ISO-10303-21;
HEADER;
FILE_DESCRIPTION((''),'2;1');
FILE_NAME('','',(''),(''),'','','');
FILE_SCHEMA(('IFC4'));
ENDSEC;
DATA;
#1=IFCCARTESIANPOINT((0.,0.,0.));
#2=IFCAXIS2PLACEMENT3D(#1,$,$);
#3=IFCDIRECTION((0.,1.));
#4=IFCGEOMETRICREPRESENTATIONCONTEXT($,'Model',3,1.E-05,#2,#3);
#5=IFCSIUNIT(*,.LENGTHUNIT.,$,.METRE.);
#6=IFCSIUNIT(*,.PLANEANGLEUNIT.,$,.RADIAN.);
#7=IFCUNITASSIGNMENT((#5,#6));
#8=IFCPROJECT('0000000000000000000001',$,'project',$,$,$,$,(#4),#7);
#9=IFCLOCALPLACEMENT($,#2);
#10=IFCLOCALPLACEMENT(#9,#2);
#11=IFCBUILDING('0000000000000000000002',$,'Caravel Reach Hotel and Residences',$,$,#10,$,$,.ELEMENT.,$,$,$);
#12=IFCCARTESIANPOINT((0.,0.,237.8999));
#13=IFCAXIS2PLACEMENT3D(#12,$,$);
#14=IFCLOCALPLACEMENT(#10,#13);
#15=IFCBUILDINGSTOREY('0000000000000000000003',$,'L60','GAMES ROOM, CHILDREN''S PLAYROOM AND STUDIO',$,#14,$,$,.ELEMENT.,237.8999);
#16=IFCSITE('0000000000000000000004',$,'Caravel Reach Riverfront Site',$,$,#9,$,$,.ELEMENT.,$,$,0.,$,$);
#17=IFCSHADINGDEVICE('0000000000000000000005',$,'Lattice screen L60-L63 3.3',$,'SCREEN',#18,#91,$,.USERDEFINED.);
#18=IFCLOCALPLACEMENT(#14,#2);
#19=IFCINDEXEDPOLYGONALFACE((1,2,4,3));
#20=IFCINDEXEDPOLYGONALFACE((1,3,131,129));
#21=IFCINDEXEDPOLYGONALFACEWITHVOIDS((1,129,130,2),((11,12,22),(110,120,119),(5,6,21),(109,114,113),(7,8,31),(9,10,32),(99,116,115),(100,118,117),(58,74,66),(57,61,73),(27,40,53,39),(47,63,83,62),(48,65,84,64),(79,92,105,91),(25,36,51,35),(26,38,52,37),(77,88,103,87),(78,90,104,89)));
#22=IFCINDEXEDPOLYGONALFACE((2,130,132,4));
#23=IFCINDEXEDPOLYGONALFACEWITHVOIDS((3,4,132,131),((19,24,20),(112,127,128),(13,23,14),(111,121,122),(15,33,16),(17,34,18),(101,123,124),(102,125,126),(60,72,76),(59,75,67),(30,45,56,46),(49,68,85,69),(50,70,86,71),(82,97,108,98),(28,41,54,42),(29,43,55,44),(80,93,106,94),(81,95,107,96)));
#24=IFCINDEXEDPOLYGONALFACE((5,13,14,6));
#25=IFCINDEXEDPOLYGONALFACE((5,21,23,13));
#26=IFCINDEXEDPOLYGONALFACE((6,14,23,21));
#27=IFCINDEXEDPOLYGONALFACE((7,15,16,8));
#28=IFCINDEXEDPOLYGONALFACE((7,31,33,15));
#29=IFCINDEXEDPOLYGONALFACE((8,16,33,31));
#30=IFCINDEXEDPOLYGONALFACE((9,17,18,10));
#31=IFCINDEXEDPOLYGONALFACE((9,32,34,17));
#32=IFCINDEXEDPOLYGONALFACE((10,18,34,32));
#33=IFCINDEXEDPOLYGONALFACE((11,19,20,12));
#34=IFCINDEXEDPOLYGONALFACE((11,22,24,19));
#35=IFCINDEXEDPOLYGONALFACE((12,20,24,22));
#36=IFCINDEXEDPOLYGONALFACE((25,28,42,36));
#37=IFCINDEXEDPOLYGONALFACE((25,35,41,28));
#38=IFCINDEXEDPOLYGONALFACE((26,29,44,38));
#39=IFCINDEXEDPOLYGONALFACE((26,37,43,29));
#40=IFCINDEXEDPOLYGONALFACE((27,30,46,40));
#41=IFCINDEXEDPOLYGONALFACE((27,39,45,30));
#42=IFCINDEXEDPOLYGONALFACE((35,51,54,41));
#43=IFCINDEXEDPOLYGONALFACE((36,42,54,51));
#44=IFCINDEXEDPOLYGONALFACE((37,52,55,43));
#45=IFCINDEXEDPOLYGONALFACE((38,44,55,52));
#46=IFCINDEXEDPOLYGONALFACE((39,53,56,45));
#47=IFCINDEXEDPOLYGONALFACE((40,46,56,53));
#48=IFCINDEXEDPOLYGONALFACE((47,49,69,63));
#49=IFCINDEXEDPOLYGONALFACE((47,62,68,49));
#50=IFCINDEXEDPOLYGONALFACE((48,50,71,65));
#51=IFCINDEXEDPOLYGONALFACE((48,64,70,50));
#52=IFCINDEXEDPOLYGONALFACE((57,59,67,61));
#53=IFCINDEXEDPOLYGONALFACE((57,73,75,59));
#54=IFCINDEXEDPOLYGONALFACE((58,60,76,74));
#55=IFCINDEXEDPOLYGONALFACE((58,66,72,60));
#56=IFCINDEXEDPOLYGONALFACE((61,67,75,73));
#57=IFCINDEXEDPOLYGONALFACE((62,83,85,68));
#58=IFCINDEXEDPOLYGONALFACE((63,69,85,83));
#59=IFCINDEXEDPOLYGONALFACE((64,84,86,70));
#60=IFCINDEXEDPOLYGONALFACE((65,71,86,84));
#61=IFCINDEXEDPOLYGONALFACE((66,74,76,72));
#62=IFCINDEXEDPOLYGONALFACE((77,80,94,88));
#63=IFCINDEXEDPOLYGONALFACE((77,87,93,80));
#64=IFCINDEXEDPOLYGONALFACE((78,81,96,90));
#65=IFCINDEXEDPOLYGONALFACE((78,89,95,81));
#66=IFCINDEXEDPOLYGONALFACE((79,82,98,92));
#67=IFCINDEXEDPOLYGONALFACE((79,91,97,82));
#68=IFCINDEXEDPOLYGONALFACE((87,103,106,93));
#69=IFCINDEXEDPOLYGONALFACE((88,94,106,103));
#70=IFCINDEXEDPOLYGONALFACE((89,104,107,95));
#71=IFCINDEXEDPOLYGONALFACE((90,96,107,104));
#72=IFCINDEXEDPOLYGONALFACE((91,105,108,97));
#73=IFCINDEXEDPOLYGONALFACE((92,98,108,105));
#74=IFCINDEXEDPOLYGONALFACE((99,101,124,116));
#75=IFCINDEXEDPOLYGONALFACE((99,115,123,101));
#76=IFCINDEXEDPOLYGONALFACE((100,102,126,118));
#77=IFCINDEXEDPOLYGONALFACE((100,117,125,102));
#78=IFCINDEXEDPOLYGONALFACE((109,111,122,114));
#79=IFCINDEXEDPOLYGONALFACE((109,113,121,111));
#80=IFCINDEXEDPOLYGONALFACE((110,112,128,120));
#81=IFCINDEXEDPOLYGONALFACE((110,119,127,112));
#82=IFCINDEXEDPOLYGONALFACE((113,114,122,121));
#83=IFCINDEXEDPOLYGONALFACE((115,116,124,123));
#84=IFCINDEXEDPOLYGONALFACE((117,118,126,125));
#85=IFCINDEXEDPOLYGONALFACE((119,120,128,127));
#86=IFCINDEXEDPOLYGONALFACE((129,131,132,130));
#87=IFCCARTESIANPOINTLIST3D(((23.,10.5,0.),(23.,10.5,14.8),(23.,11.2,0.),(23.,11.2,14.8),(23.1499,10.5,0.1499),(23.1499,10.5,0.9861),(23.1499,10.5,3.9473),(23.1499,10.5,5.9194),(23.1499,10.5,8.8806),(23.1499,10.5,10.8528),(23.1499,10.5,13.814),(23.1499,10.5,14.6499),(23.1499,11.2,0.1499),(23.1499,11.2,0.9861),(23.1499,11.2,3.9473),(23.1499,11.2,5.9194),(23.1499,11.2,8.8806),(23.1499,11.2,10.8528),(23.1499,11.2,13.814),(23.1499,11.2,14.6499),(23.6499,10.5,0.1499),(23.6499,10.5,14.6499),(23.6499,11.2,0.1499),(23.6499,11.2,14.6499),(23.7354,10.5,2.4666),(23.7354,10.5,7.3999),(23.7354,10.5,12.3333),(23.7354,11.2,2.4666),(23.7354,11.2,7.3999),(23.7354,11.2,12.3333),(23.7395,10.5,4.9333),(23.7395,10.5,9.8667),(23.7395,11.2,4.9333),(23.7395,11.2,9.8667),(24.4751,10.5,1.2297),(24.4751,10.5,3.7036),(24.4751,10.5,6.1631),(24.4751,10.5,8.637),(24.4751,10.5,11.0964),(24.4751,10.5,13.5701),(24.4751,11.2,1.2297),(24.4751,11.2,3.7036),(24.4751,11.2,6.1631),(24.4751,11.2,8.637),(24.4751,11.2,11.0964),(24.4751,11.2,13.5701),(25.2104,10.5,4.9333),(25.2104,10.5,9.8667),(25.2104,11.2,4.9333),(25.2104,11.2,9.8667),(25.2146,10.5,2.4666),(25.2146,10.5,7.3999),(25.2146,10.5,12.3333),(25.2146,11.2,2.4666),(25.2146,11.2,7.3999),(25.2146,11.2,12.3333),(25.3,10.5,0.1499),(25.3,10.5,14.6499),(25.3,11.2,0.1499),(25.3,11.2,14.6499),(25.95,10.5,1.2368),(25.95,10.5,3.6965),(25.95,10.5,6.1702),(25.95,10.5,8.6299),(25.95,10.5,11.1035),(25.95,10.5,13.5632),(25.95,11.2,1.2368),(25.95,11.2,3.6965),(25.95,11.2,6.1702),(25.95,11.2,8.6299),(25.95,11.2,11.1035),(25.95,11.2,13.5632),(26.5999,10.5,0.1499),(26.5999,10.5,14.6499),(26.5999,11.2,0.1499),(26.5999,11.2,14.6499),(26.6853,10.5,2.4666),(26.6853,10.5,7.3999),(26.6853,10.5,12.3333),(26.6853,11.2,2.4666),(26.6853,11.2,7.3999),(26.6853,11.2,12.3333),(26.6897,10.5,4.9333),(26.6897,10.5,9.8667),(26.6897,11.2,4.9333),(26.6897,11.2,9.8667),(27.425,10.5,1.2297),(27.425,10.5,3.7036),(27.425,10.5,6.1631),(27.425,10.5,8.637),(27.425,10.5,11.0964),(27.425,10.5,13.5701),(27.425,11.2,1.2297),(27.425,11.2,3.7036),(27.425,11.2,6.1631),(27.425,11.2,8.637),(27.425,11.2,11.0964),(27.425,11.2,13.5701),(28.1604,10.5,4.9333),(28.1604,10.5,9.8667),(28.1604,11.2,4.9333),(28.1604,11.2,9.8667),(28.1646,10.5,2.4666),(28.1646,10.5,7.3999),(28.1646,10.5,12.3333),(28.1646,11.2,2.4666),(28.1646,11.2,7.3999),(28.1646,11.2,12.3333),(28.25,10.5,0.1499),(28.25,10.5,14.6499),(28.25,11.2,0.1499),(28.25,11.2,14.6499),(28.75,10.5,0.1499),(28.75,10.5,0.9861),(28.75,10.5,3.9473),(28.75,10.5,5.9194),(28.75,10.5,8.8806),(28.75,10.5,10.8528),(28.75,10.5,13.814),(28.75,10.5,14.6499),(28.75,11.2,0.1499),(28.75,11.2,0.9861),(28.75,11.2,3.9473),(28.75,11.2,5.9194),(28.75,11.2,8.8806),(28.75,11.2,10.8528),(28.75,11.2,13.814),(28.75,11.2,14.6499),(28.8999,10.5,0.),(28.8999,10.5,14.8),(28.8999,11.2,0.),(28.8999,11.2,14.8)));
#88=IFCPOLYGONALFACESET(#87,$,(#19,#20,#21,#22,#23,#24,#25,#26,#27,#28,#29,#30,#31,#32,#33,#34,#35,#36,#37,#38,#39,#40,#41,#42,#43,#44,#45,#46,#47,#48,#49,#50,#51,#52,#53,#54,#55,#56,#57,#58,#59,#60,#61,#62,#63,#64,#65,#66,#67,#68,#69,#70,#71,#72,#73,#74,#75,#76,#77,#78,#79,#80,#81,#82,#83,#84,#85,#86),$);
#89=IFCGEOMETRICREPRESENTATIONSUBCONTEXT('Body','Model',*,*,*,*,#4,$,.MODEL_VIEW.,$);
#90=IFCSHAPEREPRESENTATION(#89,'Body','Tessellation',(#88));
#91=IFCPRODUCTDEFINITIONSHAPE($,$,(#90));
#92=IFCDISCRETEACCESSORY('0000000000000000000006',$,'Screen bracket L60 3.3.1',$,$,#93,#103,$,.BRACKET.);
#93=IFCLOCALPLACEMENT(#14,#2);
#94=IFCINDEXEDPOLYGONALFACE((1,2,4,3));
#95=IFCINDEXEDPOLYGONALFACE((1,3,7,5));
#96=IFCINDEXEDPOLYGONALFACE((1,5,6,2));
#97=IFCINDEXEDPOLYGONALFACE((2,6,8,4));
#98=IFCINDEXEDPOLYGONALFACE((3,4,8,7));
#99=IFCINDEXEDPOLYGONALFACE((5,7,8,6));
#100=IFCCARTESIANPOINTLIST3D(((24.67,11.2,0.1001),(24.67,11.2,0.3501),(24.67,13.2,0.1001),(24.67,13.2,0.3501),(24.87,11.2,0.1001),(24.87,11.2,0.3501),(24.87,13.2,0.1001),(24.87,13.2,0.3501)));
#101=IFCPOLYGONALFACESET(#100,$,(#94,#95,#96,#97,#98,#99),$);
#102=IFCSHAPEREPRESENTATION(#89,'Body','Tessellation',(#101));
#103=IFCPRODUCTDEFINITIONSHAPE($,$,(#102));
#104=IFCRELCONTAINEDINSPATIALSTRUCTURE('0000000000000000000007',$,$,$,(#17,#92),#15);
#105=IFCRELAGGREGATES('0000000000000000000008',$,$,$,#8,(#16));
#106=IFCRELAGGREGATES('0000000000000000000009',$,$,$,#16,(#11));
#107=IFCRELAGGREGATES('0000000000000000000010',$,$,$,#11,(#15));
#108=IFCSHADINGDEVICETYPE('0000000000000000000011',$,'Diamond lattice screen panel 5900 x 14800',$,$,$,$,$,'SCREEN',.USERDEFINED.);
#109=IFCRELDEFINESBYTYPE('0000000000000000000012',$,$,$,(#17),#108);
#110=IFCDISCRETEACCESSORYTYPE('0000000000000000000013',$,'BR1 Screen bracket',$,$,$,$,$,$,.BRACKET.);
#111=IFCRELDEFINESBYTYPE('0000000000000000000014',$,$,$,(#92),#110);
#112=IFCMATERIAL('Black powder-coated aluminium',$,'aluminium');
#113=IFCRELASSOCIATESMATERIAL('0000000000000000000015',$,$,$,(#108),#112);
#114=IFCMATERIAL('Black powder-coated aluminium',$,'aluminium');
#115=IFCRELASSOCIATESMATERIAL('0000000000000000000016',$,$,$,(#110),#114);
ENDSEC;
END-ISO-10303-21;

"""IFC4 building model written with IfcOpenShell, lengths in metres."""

from ifc_helpers import new_model, si_unit, direction, frame, origin, origin_2d, place, context, subcontext, project, spatial, polyline, rectangle, outline, extrude, material, type_object, element, save


model = new_model("IFC4")

# Units and contexts
model_context = context("Model", 3, precision=1e-05, world=origin(), true_north=direction((0.0, 1.0)))
body_context = subcontext(model_context, "Body", "Model", "MODEL_VIEW")
ifc_project = project(units=[si_unit("LENGTHUNIT", "METRE"), si_unit("PLANEANGLEUNIT", "RADIAN")], contexts=[model_context])

# Site, building, storey
site_placement = place(None, origin())
site = spatial("IfcSite", under=ifc_project, at=site_placement, Name="Caravel Reach Riverfront Site", CompositionType="ELEMENT", RefElevation=0.0)
building_placement = place(site_placement, origin())
building = spatial("IfcBuilding", under=site, at=building_placement, Name="Caravel Reach Hotel and Residences", CompositionType="ELEMENT")
storey_placement = place(building_placement, frame((0.0, 0.0, 237.8999)))
storey = spatial("IfcBuildingStorey", under=building, at=storey_placement, Name="L60", Description="GAMES ROOM, CHILDREN'S PLAYROOM AND STUDIO", CompositionType="ELEMENT", Elevation=237.8999)

# Shading device
ifc_material_1 = material(Name="Black powder-coated aluminium", Category="aluminium")
shading_device_type = type_object("IfcShadingDeviceType", Name="Diamond lattice screen panel 5900 x 14800", ElementType="SCREEN", PredefinedType="USERDEFINED", material=ifc_material_1)
shading_device_placement = place(storey_placement, frame((23.0, 11.2, 0.0), z_axis=(0.0, -1.0, 0.0), x_axis=(1.0, 0.0, 0.0)))
element("IfcShadingDevice", 1, at=shading_device_placement, inside=storey, type_object=shading_device_type, Name="Lattice screen L60-L63 3.3", ObjectType="SCREEN", PredefinedType="USERDEFINED", context=body_context, shape_type="SweptSolid", body=[
    extrude(outline(polyline([(0.0, 0.0), (5.8999, 0.0), (5.8999, 14.8), (0.0, 14.8), (0.0, 0.0)]), holes=[polyline([(0.6499, 0.1499), (0.1499, 0.9861), (0.1499, 0.1499), (0.6499, 0.1499)]), polyline([(0.7395, 4.9333), (0.1499, 5.9194), (0.1499, 3.9473), (0.7395, 4.9333)]), polyline([(0.7395, 9.8667), (0.1499, 10.8528), (0.1499, 8.8806), (0.7395, 9.8667)]), polyline([(0.1499, 13.814), (0.6499, 14.6499), (0.1499, 14.6499), (0.1499, 13.814)]), polyline([(1.4751, 3.7036), (0.7354, 2.4666), (1.4751, 1.2297), (2.2146, 2.4666), (1.4751, 3.7036)]), polyline([(1.4751, 8.637), (0.7354, 7.3999), (1.4751, 6.1631), (2.2146, 7.3999), (1.4751, 8.637)]), polyline([(1.4751, 13.5701), (0.7354, 12.3333), (1.4751, 11.0964), (2.2146, 12.3333), (1.4751, 13.5701)]), polyline([(2.95, 1.2368), (2.3, 0.1499), (3.5999, 0.1499), (2.95, 1.2368)]), polyline([(2.95, 6.1702), (2.2104, 4.9333), (2.95, 3.6965), (3.6897, 4.9333), (2.95, 6.1702)]), polyline([(2.95, 11.1035), (2.2104, 9.8667), (2.95, 8.6299), (3.6897, 9.8667), (2.95, 11.1035)]), polyline([(2.95, 13.5632), (3.5999, 14.6499), (2.3, 14.6499), (2.95, 13.5632)]), polyline([(4.425, 3.7036), (3.6853, 2.4666), (4.425, 1.2297), (5.1646, 2.4666), (4.425, 3.7036)]), polyline([(4.425, 8.637), (3.6853, 7.3999), (4.425, 6.1631), (5.1646, 7.3999), (4.425, 8.637)]), polyline([(4.425, 13.5701), (3.6853, 12.3333), (4.425, 11.0964), (5.1646, 12.3333), (4.425, 13.5701)]), polyline([(5.75, 0.9861), (5.25, 0.1499), (5.75, 0.1499), (5.75, 0.9861)]), polyline([(5.1604, 4.9333), (5.75, 3.9473), (5.75, 5.9194), (5.1604, 4.9333)]), polyline([(5.1604, 9.8667), (5.75, 8.8806), (5.75, 10.8528), (5.1604, 9.8667)]), polyline([(5.25, 14.6499), (5.75, 13.814), (5.75, 14.6499), (5.25, 14.6499)])]), origin(), (0.0, 0.0, 1.0), 0.7),
])

# Discrete accessory
ifc_material_2 = material(Name="Black powder-coated aluminium", Category="aluminium")
discrete_accessory_type = type_object("IfcDiscreteAccessoryType", Name="BR1 Screen bracket", PredefinedType="BRACKET", material=ifc_material_2)
discrete_accessory_placement = place(storey_placement, frame((24.77, 12.2, 0.1001), z_axis=(0.0, 0.0, 1.0), x_axis=(0.0, -1.0, 0.0)))
element("IfcDiscreteAccessory", 2, at=discrete_accessory_placement, inside=storey, type_object=discrete_accessory_type, Name="Screen bracket L60 3.3.1", PredefinedType="BRACKET", context=body_context, shape_type="SweptSolid", body=[
    extrude(rectangle(XDim=2.0, YDim=0.2, at=origin_2d()), origin(), (0.0, 0.0, 1.0), 0.25),
])

save(model, "model.ifc")
